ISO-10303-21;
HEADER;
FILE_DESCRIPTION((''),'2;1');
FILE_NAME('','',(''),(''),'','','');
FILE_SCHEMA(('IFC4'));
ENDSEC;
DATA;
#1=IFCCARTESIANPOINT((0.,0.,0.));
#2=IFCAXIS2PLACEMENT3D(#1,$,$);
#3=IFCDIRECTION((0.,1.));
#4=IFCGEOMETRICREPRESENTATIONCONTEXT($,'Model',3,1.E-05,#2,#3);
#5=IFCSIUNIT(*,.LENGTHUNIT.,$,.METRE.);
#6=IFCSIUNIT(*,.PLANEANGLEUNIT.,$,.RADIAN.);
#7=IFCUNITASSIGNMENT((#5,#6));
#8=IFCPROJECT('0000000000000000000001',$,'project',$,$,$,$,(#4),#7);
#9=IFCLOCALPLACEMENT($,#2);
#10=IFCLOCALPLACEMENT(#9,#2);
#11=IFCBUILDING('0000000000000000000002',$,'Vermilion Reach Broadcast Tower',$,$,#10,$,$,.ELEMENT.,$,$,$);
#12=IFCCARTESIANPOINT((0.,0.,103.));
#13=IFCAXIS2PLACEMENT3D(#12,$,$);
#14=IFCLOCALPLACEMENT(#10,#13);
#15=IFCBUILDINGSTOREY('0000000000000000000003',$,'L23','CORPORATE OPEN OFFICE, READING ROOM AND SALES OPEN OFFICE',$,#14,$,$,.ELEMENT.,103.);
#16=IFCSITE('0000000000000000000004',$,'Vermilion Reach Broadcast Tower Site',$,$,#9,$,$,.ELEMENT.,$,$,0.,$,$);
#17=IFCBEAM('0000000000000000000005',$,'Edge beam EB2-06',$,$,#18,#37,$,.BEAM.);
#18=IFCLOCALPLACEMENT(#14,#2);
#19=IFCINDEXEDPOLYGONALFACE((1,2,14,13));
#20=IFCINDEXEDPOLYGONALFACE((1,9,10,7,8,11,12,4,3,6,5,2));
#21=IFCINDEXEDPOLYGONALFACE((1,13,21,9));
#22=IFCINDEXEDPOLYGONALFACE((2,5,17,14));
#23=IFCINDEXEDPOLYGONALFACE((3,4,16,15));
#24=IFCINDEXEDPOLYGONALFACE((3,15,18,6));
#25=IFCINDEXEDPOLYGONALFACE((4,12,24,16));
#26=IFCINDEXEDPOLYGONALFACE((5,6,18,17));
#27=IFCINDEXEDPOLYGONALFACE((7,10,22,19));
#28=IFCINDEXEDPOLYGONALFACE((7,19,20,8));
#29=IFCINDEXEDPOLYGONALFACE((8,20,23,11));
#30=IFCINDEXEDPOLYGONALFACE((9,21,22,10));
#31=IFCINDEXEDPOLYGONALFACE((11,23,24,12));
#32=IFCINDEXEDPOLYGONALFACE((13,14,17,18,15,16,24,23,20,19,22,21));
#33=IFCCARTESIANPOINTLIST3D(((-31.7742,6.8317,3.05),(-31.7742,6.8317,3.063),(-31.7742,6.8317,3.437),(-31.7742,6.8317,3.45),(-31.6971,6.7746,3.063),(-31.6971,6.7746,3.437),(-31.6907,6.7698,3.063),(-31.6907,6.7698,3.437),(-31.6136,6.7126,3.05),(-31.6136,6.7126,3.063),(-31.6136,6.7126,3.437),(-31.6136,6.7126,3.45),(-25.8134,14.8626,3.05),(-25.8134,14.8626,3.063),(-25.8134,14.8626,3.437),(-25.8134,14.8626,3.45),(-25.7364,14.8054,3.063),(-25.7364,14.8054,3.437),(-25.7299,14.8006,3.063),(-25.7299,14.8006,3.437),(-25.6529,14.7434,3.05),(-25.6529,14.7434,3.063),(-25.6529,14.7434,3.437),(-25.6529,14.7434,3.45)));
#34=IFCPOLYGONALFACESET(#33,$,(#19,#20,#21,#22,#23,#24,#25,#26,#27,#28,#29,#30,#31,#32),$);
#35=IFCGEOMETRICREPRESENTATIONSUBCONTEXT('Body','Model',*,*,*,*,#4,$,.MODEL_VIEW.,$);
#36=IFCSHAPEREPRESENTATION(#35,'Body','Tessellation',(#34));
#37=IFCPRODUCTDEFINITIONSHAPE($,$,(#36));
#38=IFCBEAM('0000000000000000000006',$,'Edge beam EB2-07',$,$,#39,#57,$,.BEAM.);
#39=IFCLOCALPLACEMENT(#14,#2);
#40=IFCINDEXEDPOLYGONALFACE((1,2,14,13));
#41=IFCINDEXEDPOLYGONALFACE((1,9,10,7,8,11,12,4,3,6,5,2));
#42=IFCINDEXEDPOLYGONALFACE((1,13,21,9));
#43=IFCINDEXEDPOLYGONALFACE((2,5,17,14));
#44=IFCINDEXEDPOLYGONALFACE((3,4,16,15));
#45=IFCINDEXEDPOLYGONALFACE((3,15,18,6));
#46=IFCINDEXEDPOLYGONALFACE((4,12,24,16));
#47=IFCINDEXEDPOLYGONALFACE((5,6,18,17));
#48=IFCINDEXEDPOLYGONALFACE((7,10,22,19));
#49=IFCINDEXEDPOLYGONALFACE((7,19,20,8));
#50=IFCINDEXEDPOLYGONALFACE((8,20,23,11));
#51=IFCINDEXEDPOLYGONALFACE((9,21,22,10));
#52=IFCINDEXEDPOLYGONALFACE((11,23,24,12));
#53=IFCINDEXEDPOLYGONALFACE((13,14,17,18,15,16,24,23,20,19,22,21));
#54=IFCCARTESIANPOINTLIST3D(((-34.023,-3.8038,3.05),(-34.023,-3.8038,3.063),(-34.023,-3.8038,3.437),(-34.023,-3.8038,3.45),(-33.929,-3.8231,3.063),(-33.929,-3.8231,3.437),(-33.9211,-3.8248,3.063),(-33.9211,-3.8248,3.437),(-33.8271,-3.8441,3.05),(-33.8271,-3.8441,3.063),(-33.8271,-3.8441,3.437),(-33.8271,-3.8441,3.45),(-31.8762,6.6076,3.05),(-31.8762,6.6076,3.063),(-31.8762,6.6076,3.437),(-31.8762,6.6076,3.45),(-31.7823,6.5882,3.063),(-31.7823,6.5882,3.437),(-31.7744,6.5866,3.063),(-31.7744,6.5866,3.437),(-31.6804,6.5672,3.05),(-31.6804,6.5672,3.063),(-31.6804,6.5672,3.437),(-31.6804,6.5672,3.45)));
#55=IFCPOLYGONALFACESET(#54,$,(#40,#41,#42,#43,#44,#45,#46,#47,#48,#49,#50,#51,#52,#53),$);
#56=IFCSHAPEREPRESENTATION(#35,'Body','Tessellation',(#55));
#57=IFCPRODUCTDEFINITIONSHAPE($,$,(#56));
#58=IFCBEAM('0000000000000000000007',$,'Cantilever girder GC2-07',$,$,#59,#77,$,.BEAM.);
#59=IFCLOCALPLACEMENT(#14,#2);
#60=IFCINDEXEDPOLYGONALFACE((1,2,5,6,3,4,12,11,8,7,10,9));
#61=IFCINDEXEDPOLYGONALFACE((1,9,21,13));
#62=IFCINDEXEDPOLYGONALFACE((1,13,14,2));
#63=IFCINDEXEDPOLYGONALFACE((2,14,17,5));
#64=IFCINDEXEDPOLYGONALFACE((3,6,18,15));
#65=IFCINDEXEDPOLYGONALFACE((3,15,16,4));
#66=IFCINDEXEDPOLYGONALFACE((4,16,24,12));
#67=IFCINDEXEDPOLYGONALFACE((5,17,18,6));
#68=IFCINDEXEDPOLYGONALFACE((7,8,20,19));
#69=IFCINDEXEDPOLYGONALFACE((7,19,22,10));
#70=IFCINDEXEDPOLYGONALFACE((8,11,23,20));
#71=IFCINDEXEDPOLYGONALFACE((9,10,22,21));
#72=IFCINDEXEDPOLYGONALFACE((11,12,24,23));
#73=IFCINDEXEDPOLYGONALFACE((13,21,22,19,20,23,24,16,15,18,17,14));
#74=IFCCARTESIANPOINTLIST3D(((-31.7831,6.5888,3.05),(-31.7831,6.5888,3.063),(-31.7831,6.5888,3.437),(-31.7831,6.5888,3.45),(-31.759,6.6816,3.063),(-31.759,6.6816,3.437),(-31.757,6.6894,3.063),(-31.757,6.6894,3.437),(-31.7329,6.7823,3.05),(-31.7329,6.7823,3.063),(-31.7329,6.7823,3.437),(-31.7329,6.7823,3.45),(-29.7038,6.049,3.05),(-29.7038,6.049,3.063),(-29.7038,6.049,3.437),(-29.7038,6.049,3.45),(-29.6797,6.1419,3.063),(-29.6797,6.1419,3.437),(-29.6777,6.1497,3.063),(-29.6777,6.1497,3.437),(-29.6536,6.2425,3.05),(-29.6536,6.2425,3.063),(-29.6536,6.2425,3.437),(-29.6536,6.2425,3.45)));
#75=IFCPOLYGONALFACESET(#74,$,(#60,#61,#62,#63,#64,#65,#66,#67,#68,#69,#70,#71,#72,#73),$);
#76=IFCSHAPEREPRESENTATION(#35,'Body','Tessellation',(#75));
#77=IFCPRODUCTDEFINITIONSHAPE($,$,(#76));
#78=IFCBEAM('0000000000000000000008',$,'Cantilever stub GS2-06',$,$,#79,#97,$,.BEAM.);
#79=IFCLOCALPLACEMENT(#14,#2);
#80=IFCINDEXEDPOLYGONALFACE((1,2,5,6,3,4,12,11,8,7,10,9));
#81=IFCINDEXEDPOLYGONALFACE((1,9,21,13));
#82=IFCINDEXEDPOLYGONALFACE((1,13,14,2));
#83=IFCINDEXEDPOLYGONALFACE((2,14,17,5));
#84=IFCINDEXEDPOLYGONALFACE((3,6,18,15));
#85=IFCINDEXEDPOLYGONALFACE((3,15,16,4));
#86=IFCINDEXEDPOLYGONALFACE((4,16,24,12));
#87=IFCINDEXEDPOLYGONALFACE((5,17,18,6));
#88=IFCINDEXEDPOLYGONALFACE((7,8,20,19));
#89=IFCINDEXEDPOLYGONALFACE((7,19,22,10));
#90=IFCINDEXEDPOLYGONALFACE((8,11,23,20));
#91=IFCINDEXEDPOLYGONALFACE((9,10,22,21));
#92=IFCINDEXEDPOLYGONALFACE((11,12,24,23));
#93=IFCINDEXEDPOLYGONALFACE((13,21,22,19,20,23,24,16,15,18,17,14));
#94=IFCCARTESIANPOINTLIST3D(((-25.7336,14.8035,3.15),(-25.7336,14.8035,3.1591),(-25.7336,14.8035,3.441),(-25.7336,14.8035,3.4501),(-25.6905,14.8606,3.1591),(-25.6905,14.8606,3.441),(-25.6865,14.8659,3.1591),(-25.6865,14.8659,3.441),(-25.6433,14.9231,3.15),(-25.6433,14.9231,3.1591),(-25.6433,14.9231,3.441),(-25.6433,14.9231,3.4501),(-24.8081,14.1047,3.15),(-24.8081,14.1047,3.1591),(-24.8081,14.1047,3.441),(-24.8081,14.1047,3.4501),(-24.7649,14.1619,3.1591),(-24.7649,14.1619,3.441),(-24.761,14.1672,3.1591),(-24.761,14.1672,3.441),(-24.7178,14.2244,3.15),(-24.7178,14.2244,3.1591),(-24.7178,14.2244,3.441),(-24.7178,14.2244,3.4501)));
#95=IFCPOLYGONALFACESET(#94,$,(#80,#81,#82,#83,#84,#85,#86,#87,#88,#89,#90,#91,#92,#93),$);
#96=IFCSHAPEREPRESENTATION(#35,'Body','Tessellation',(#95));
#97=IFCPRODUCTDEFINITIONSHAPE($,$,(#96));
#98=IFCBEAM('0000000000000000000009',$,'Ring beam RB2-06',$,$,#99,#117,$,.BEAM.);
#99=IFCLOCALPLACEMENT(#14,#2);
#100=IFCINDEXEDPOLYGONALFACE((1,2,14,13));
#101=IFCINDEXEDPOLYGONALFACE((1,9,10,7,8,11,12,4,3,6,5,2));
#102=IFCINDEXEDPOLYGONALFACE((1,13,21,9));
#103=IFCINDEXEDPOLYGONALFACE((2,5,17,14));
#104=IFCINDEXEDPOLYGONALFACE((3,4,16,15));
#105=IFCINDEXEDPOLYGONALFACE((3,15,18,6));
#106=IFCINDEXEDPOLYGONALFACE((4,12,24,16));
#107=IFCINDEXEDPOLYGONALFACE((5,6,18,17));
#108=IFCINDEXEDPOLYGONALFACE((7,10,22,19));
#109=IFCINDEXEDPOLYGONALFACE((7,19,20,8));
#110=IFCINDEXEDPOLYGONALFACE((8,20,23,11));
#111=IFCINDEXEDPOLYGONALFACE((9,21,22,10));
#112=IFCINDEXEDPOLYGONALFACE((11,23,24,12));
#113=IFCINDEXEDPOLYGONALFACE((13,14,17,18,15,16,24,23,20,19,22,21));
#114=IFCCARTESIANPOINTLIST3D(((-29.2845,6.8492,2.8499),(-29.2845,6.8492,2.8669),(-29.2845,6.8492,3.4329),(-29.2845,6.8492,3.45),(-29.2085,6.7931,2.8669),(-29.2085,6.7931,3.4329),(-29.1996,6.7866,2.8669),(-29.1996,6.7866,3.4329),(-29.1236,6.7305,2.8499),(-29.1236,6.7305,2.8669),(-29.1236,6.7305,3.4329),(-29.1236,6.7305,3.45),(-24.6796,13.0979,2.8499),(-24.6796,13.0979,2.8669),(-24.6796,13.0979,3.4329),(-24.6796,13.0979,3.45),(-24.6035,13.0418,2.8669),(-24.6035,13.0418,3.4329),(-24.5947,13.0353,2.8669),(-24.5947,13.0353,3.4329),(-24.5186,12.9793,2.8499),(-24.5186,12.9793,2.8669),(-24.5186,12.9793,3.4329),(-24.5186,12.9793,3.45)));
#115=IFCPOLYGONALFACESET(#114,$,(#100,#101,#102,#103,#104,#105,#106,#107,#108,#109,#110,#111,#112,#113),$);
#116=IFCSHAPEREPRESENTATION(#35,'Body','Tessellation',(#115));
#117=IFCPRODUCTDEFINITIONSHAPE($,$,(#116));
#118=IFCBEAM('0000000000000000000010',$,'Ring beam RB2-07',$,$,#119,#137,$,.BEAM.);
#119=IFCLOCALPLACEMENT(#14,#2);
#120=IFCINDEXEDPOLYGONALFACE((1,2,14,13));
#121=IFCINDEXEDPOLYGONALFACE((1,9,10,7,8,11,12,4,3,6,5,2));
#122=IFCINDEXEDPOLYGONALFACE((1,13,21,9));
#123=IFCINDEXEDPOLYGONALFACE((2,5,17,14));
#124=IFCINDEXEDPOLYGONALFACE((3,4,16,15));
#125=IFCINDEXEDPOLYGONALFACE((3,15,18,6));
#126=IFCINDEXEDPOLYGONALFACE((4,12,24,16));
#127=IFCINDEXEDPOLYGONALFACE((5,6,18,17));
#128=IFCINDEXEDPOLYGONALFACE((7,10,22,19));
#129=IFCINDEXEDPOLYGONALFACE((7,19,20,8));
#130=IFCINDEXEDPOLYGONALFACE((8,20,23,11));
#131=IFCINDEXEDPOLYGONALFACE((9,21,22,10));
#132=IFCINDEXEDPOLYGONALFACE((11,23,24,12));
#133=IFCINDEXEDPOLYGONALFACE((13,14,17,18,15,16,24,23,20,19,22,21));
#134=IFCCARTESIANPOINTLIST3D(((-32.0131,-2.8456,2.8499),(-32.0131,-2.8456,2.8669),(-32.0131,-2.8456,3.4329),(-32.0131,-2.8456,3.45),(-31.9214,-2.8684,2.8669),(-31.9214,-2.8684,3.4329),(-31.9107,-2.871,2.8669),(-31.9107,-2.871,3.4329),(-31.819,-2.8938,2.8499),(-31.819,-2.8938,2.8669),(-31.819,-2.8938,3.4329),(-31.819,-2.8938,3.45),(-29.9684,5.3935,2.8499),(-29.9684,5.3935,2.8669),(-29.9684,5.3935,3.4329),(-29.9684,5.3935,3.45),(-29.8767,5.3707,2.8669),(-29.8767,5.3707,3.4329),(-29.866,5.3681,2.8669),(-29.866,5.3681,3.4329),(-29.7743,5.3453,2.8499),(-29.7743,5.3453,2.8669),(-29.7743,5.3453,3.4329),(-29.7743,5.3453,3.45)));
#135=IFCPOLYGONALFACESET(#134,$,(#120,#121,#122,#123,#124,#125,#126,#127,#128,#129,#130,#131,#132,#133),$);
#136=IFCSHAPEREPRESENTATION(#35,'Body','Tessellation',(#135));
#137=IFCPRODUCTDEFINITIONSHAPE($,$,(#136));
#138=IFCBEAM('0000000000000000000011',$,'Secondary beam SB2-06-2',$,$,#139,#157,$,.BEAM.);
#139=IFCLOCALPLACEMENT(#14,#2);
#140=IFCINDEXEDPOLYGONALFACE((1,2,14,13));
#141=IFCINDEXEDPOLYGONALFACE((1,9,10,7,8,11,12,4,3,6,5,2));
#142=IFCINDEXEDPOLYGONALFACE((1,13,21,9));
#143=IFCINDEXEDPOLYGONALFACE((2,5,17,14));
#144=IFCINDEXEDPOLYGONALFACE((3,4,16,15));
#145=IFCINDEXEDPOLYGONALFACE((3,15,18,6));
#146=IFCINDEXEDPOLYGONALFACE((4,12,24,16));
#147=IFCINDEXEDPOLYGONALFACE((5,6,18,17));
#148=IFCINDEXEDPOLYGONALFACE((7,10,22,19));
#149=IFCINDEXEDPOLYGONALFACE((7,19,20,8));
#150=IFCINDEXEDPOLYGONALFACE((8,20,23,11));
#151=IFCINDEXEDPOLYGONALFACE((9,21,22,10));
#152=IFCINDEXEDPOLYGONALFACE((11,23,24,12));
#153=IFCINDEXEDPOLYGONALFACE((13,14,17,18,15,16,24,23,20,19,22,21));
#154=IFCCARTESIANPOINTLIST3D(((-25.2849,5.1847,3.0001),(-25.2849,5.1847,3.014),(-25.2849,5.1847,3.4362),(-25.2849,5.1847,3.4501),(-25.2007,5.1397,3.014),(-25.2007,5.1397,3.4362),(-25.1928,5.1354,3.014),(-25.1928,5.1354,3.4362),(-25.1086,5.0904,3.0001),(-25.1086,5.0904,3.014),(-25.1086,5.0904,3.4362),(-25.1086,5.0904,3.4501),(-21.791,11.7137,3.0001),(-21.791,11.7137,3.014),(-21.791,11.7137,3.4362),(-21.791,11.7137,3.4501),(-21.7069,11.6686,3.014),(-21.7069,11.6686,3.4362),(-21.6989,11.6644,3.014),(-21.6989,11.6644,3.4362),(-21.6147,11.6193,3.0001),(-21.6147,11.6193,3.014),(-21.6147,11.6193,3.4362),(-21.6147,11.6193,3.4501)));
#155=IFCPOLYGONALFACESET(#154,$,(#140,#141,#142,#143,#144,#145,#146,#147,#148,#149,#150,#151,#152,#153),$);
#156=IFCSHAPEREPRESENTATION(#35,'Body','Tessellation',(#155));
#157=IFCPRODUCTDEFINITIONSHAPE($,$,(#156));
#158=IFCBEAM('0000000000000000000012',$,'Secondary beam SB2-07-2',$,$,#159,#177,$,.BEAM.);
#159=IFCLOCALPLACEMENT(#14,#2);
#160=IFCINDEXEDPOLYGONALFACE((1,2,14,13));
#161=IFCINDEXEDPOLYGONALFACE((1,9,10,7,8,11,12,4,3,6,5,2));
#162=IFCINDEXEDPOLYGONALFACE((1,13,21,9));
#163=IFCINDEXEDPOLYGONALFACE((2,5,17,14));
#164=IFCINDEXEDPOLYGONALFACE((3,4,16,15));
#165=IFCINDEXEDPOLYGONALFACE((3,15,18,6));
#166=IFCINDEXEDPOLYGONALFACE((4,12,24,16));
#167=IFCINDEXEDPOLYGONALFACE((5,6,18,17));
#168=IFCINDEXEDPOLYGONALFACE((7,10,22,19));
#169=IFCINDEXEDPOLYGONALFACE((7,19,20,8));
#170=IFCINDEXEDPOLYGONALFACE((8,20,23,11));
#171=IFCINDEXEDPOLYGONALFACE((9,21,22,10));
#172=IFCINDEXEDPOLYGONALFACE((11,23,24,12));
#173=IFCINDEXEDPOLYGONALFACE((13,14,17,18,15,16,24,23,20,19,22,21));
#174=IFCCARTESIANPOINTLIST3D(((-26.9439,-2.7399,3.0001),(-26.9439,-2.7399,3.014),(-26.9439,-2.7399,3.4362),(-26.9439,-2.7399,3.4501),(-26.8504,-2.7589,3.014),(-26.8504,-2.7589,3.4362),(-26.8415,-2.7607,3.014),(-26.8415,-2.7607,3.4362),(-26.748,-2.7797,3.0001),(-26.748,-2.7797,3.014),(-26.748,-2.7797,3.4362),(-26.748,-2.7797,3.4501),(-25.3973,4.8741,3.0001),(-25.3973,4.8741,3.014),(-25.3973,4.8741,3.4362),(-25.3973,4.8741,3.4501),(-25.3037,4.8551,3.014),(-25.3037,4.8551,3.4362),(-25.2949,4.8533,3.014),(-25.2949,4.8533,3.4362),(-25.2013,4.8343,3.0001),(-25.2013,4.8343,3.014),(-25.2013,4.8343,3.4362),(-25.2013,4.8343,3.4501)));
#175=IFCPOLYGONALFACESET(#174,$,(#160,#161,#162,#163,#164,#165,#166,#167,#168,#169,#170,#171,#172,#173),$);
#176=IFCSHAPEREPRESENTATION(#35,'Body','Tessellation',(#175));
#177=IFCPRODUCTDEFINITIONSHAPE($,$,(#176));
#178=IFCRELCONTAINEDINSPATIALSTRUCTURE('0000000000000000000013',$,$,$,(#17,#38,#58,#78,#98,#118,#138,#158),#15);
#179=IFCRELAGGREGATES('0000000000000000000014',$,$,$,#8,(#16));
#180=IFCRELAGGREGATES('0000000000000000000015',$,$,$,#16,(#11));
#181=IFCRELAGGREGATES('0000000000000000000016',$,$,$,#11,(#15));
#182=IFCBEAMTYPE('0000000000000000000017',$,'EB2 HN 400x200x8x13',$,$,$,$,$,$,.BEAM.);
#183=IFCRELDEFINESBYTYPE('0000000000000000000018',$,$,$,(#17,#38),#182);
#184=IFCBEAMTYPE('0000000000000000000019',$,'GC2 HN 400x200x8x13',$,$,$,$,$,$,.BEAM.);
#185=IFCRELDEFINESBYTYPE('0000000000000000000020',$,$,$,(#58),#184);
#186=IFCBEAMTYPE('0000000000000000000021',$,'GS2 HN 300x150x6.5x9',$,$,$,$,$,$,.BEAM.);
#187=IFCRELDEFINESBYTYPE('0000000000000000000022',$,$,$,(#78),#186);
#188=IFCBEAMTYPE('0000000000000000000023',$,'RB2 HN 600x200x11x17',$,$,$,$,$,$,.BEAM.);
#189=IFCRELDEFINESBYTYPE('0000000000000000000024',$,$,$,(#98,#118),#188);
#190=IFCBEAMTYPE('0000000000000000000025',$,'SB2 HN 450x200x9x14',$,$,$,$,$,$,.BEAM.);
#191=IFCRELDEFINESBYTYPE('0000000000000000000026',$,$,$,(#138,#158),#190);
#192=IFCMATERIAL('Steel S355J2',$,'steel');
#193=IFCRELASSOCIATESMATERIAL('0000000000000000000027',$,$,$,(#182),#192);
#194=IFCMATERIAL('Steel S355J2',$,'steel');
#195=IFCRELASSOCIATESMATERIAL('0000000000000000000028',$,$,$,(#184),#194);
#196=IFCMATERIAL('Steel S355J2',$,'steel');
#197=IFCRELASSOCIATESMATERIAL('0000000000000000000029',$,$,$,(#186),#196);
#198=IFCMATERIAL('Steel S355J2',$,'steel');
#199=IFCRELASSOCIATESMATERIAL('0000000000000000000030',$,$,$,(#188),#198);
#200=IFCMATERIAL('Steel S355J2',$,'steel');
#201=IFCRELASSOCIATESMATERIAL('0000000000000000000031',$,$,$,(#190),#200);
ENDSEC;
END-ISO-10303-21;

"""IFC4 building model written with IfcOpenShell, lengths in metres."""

from ifc_helpers import new_model, si_unit, direction, frame, origin, origin_2d, place, context, subcontext, project, spatial, i_section, extrude, material, material_profile, profile_set, type_object, element, save


model = new_model("IFC4")

# Units and contexts
model_context = context("Model", 3, precision=1e-05, world=origin(), true_north=direction((0.0, 1.0)))
body_context = subcontext(model_context, "Body", "Model", "MODEL_VIEW")
ifc_project = project(units=[si_unit("LENGTHUNIT", "METRE"), si_unit("PLANEANGLEUNIT", "RADIAN")], contexts=[model_context])

# Site, building, storey
site_placement = place(None, origin())
site = spatial("IfcSite", under=ifc_project, at=site_placement, Name="Vermilion Reach Broadcast Tower Site", CompositionType="ELEMENT", RefElevation=0.0)
building_placement = place(site_placement, origin())
building = spatial("IfcBuilding", under=site, at=building_placement, Name="Vermilion Reach Broadcast Tower", CompositionType="ELEMENT")
storey_placement = place(building_placement, frame((0.0, 0.0, 103.0)))
storey = spatial("IfcBuildingStorey", under=building, at=storey_placement, Name="L23", Description="CORPORATE OPEN OFFICE, READING ROOM AND SALES OPEN OFFICE", CompositionType="ELEMENT", Elevation=103.0)

# Beams
ifc_material_1 = material(Name="Steel S355J2", Category="steel")
ifc_material_profile_1 = material_profile(ifc_material_1, i_section(OverallWidth=0.2, OverallDepth=0.3999, WebThickness=0.0081, FlangeThickness=0.0129, at=origin_2d()), Name="S355J2 HN 400x200x8x13")
ifc_profile_set_1 = profile_set([ifc_material_profile_1], Name="Steel S355J2")
beam_type_1 = type_object("IfcBeamType", Name="EB2 HN 400x200x8x13", PredefinedType="BEAM", material=ifc_profile_set_1)
beam_1_placement = place(storey_placement, frame((-25.7332, 14.803, 3.25), z_axis=(-0.596001, -0.802984, 0.0), x_axis=(0.802984, -0.596001, 0.0)))
element("IfcBeam", 1, at=beam_1_placement, inside=storey, type_object=beam_type_1, Name="Edge beam EB2-06", PredefinedType="BEAM", context=body_context, shape_type="SweptSolid", body=[
    extrude(i_section(OverallWidth=0.2, OverallDepth=0.3999, WebThickness=0.0081, FlangeThickness=0.0129, at=origin_2d()), origin(), (0.0, 0.0, 1.0), 10.0012),
])
beam_2_placement = place(storey_placement, frame((-31.7783, 6.5874, 3.25), z_axis=(-0.201943, -0.979397, 0.0), x_axis=(0.979397, -0.201943, 0.0)))
element("IfcBeam", 2, at=beam_2_placement, inside=storey, type_object=beam_type_1, Name="Edge beam EB2-07", PredefinedType="BEAM", context=body_context, shape_type="SweptSolid", body=[
    extrude(i_section(OverallWidth=0.2, OverallDepth=0.3999, WebThickness=0.0081, FlangeThickness=0.0129, at=origin_2d()), origin(), (0.0, 0.0, 1.0), 10.6304),
])
ifc_material_2 = material(Name="Steel S355J2", Category="steel")
ifc_material_profile_2 = material_profile(ifc_material_2, i_section(OverallWidth=0.2, OverallDepth=0.3999, WebThickness=0.0081, FlangeThickness=0.0129, at=origin_2d()), Name="S355J2 HN 400x200x8x13")
ifc_profile_set_2 = profile_set([ifc_material_profile_2], Name="Steel S355J2")
beam_type_2 = type_object("IfcBeamType", Name="GC2 HN 400x200x8x13", PredefinedType="BEAM", material=ifc_profile_set_2)
beam_3_placement = place(storey_placement, frame((-29.6787, 6.1458, 3.25), z_axis=(-0.967917, 0.25127, 0.0), x_axis=(-0.25127, -0.967917, 0.0)))
element("IfcBeam", 3, at=beam_3_placement, inside=storey, type_object=beam_type_2, Name="Cantilever girder GC2-07", PredefinedType="BEAM", context=body_context, shape_type="SweptSolid", body=[
    extrude(i_section(OverallWidth=0.2, OverallDepth=0.3999, WebThickness=0.0081, FlangeThickness=0.0129, at=origin_2d()), origin(), (0.0, 0.0, 1.0), 2.1482),
])
ifc_material_3 = material(Name="Steel S355J2", Category="steel")
ifc_material_profile_3 = material_profile(ifc_material_3, i_section(OverallWidth=0.1499, OverallDepth=0.3, WebThickness=0.0066, FlangeThickness=0.009, at=origin_2d()), Name="S355J2 HN 300x150x6.5x9")
ifc_profile_set_3 = profile_set([ifc_material_profile_3], Name="Steel S355J2")
beam_type_3 = type_object("IfcBeamType", Name="GS2 HN 300x150x6.5x9", PredefinedType="BEAM", material=ifc_profile_set_3)
beam_4_placement = place(storey_placement, frame((-24.7629, 14.1646, 3.3), z_axis=(-0.798101, 0.602523, 0.0), x_axis=(-0.602523, -0.798101, 0.0)))
element("IfcBeam", 4, at=beam_4_placement, inside=storey, type_object=beam_type_3, Name="Cantilever stub GS2-06", PredefinedType="BEAM", context=body_context, shape_type="SweptSolid", body=[
    extrude(i_section(OverallWidth=0.1499, OverallDepth=0.3, WebThickness=0.0066, FlangeThickness=0.009, at=origin_2d()), origin(), (0.0, 0.0, 1.0), 1.1597),
])
ifc_material_4 = material(Name="Steel S355J2", Category="steel")
ifc_material_profile_4 = material_profile(ifc_material_4, i_section(OverallWidth=0.2, OverallDepth=0.6001, WebThickness=0.011, FlangeThickness=0.0171, at=origin_2d()), Name="S355J2 HN 600x200x11x17")
ifc_profile_set_4 = profile_set([ifc_material_profile_4], Name="Steel S355J2")
beam_type_4 = type_object("IfcBeamType", Name="RB2 HN 600x200x11x17", PredefinedType="BEAM", material=ifc_profile_set_4)
beam_5_placement = place(storey_placement, frame((-24.5991, 13.0386, 3.1499), z_axis=(-0.593251, -0.805018, 0.0), x_axis=(0.805018, -0.593251, 0.0)))
element("IfcBeam", 5, at=beam_5_placement, inside=storey, type_object=beam_type_4, Name="Ring beam RB2-06", PredefinedType="BEAM", context=body_context, shape_type="SweptSolid", body=[
    extrude(i_section(OverallWidth=0.2, OverallDepth=0.6001, WebThickness=0.011, FlangeThickness=0.0171, at=origin_2d()), origin(), (0.0, 0.0, 1.0), 7.7622),
])
beam_6_placement = place(storey_placement, frame((-29.8713, 5.3694, 3.1499), z_axis=(-0.240864, -0.970559, 0.0), x_axis=(0.970559, -0.240864, 0.0)))
element("IfcBeam", 6, at=beam_6_placement, inside=storey, type_object=beam_type_4, Name="Ring beam RB2-07", PredefinedType="BEAM", context=body_context, shape_type="SweptSolid", body=[
    extrude(i_section(OverallWidth=0.2, OverallDepth=0.6001, WebThickness=0.011, FlangeThickness=0.0171, at=origin_2d()), origin(), (0.0, 0.0, 1.0), 8.489),
])
ifc_material_5 = material(Name="Steel S355J2", Category="steel")
ifc_material_profile_5 = material_profile(ifc_material_5, i_section(OverallWidth=0.2, OverallDepth=0.45, WebThickness=0.009, FlangeThickness=0.0139, at=origin_2d()), Name="S355J2 HN 450x200x9x14")
ifc_profile_set_5 = profile_set([ifc_material_profile_5], Name="Steel S355J2")
beam_type_5 = type_object("IfcBeamType", Name="SB2 HN 450x200x9x14", PredefinedType="BEAM", material=ifc_profile_set_5)
beam_7_placement = place(storey_placement, frame((-21.7029, 11.6665, 3.2251), z_axis=(-0.471822, -0.881694, 0.0), x_axis=(0.881694, -0.471822, 0.0)))
element("IfcBeam", 7, at=beam_7_placement, inside=storey, type_object=beam_type_5, Name="Secondary beam SB2-06-2", PredefinedType="BEAM", context=body_context, shape_type="SweptSolid", body=[
    extrude(i_section(OverallWidth=0.2, OverallDepth=0.45, WebThickness=0.009, FlangeThickness=0.0139, at=origin_2d()), origin(), (0.0, 0.0, 1.0), 7.405),
])
beam_8_placement = place(storey_placement, frame((-25.2993, 4.8542, 3.2251), z_axis=(-0.199064, -0.979986, 0.0), x_axis=(0.979986, -0.199064, 0.0)))
element("IfcBeam", 8, at=beam_8_placement, inside=storey, type_object=beam_type_5, Name="Secondary beam SB2-07-2", PredefinedType="BEAM", context=body_context, shape_type="SweptSolid", body=[
    extrude(i_section(OverallWidth=0.2, OverallDepth=0.45, WebThickness=0.009, FlangeThickness=0.0139, at=origin_2d()), origin(), (0.0, 0.0, 1.0), 7.7695),
])

save(model, "model.ifc")
